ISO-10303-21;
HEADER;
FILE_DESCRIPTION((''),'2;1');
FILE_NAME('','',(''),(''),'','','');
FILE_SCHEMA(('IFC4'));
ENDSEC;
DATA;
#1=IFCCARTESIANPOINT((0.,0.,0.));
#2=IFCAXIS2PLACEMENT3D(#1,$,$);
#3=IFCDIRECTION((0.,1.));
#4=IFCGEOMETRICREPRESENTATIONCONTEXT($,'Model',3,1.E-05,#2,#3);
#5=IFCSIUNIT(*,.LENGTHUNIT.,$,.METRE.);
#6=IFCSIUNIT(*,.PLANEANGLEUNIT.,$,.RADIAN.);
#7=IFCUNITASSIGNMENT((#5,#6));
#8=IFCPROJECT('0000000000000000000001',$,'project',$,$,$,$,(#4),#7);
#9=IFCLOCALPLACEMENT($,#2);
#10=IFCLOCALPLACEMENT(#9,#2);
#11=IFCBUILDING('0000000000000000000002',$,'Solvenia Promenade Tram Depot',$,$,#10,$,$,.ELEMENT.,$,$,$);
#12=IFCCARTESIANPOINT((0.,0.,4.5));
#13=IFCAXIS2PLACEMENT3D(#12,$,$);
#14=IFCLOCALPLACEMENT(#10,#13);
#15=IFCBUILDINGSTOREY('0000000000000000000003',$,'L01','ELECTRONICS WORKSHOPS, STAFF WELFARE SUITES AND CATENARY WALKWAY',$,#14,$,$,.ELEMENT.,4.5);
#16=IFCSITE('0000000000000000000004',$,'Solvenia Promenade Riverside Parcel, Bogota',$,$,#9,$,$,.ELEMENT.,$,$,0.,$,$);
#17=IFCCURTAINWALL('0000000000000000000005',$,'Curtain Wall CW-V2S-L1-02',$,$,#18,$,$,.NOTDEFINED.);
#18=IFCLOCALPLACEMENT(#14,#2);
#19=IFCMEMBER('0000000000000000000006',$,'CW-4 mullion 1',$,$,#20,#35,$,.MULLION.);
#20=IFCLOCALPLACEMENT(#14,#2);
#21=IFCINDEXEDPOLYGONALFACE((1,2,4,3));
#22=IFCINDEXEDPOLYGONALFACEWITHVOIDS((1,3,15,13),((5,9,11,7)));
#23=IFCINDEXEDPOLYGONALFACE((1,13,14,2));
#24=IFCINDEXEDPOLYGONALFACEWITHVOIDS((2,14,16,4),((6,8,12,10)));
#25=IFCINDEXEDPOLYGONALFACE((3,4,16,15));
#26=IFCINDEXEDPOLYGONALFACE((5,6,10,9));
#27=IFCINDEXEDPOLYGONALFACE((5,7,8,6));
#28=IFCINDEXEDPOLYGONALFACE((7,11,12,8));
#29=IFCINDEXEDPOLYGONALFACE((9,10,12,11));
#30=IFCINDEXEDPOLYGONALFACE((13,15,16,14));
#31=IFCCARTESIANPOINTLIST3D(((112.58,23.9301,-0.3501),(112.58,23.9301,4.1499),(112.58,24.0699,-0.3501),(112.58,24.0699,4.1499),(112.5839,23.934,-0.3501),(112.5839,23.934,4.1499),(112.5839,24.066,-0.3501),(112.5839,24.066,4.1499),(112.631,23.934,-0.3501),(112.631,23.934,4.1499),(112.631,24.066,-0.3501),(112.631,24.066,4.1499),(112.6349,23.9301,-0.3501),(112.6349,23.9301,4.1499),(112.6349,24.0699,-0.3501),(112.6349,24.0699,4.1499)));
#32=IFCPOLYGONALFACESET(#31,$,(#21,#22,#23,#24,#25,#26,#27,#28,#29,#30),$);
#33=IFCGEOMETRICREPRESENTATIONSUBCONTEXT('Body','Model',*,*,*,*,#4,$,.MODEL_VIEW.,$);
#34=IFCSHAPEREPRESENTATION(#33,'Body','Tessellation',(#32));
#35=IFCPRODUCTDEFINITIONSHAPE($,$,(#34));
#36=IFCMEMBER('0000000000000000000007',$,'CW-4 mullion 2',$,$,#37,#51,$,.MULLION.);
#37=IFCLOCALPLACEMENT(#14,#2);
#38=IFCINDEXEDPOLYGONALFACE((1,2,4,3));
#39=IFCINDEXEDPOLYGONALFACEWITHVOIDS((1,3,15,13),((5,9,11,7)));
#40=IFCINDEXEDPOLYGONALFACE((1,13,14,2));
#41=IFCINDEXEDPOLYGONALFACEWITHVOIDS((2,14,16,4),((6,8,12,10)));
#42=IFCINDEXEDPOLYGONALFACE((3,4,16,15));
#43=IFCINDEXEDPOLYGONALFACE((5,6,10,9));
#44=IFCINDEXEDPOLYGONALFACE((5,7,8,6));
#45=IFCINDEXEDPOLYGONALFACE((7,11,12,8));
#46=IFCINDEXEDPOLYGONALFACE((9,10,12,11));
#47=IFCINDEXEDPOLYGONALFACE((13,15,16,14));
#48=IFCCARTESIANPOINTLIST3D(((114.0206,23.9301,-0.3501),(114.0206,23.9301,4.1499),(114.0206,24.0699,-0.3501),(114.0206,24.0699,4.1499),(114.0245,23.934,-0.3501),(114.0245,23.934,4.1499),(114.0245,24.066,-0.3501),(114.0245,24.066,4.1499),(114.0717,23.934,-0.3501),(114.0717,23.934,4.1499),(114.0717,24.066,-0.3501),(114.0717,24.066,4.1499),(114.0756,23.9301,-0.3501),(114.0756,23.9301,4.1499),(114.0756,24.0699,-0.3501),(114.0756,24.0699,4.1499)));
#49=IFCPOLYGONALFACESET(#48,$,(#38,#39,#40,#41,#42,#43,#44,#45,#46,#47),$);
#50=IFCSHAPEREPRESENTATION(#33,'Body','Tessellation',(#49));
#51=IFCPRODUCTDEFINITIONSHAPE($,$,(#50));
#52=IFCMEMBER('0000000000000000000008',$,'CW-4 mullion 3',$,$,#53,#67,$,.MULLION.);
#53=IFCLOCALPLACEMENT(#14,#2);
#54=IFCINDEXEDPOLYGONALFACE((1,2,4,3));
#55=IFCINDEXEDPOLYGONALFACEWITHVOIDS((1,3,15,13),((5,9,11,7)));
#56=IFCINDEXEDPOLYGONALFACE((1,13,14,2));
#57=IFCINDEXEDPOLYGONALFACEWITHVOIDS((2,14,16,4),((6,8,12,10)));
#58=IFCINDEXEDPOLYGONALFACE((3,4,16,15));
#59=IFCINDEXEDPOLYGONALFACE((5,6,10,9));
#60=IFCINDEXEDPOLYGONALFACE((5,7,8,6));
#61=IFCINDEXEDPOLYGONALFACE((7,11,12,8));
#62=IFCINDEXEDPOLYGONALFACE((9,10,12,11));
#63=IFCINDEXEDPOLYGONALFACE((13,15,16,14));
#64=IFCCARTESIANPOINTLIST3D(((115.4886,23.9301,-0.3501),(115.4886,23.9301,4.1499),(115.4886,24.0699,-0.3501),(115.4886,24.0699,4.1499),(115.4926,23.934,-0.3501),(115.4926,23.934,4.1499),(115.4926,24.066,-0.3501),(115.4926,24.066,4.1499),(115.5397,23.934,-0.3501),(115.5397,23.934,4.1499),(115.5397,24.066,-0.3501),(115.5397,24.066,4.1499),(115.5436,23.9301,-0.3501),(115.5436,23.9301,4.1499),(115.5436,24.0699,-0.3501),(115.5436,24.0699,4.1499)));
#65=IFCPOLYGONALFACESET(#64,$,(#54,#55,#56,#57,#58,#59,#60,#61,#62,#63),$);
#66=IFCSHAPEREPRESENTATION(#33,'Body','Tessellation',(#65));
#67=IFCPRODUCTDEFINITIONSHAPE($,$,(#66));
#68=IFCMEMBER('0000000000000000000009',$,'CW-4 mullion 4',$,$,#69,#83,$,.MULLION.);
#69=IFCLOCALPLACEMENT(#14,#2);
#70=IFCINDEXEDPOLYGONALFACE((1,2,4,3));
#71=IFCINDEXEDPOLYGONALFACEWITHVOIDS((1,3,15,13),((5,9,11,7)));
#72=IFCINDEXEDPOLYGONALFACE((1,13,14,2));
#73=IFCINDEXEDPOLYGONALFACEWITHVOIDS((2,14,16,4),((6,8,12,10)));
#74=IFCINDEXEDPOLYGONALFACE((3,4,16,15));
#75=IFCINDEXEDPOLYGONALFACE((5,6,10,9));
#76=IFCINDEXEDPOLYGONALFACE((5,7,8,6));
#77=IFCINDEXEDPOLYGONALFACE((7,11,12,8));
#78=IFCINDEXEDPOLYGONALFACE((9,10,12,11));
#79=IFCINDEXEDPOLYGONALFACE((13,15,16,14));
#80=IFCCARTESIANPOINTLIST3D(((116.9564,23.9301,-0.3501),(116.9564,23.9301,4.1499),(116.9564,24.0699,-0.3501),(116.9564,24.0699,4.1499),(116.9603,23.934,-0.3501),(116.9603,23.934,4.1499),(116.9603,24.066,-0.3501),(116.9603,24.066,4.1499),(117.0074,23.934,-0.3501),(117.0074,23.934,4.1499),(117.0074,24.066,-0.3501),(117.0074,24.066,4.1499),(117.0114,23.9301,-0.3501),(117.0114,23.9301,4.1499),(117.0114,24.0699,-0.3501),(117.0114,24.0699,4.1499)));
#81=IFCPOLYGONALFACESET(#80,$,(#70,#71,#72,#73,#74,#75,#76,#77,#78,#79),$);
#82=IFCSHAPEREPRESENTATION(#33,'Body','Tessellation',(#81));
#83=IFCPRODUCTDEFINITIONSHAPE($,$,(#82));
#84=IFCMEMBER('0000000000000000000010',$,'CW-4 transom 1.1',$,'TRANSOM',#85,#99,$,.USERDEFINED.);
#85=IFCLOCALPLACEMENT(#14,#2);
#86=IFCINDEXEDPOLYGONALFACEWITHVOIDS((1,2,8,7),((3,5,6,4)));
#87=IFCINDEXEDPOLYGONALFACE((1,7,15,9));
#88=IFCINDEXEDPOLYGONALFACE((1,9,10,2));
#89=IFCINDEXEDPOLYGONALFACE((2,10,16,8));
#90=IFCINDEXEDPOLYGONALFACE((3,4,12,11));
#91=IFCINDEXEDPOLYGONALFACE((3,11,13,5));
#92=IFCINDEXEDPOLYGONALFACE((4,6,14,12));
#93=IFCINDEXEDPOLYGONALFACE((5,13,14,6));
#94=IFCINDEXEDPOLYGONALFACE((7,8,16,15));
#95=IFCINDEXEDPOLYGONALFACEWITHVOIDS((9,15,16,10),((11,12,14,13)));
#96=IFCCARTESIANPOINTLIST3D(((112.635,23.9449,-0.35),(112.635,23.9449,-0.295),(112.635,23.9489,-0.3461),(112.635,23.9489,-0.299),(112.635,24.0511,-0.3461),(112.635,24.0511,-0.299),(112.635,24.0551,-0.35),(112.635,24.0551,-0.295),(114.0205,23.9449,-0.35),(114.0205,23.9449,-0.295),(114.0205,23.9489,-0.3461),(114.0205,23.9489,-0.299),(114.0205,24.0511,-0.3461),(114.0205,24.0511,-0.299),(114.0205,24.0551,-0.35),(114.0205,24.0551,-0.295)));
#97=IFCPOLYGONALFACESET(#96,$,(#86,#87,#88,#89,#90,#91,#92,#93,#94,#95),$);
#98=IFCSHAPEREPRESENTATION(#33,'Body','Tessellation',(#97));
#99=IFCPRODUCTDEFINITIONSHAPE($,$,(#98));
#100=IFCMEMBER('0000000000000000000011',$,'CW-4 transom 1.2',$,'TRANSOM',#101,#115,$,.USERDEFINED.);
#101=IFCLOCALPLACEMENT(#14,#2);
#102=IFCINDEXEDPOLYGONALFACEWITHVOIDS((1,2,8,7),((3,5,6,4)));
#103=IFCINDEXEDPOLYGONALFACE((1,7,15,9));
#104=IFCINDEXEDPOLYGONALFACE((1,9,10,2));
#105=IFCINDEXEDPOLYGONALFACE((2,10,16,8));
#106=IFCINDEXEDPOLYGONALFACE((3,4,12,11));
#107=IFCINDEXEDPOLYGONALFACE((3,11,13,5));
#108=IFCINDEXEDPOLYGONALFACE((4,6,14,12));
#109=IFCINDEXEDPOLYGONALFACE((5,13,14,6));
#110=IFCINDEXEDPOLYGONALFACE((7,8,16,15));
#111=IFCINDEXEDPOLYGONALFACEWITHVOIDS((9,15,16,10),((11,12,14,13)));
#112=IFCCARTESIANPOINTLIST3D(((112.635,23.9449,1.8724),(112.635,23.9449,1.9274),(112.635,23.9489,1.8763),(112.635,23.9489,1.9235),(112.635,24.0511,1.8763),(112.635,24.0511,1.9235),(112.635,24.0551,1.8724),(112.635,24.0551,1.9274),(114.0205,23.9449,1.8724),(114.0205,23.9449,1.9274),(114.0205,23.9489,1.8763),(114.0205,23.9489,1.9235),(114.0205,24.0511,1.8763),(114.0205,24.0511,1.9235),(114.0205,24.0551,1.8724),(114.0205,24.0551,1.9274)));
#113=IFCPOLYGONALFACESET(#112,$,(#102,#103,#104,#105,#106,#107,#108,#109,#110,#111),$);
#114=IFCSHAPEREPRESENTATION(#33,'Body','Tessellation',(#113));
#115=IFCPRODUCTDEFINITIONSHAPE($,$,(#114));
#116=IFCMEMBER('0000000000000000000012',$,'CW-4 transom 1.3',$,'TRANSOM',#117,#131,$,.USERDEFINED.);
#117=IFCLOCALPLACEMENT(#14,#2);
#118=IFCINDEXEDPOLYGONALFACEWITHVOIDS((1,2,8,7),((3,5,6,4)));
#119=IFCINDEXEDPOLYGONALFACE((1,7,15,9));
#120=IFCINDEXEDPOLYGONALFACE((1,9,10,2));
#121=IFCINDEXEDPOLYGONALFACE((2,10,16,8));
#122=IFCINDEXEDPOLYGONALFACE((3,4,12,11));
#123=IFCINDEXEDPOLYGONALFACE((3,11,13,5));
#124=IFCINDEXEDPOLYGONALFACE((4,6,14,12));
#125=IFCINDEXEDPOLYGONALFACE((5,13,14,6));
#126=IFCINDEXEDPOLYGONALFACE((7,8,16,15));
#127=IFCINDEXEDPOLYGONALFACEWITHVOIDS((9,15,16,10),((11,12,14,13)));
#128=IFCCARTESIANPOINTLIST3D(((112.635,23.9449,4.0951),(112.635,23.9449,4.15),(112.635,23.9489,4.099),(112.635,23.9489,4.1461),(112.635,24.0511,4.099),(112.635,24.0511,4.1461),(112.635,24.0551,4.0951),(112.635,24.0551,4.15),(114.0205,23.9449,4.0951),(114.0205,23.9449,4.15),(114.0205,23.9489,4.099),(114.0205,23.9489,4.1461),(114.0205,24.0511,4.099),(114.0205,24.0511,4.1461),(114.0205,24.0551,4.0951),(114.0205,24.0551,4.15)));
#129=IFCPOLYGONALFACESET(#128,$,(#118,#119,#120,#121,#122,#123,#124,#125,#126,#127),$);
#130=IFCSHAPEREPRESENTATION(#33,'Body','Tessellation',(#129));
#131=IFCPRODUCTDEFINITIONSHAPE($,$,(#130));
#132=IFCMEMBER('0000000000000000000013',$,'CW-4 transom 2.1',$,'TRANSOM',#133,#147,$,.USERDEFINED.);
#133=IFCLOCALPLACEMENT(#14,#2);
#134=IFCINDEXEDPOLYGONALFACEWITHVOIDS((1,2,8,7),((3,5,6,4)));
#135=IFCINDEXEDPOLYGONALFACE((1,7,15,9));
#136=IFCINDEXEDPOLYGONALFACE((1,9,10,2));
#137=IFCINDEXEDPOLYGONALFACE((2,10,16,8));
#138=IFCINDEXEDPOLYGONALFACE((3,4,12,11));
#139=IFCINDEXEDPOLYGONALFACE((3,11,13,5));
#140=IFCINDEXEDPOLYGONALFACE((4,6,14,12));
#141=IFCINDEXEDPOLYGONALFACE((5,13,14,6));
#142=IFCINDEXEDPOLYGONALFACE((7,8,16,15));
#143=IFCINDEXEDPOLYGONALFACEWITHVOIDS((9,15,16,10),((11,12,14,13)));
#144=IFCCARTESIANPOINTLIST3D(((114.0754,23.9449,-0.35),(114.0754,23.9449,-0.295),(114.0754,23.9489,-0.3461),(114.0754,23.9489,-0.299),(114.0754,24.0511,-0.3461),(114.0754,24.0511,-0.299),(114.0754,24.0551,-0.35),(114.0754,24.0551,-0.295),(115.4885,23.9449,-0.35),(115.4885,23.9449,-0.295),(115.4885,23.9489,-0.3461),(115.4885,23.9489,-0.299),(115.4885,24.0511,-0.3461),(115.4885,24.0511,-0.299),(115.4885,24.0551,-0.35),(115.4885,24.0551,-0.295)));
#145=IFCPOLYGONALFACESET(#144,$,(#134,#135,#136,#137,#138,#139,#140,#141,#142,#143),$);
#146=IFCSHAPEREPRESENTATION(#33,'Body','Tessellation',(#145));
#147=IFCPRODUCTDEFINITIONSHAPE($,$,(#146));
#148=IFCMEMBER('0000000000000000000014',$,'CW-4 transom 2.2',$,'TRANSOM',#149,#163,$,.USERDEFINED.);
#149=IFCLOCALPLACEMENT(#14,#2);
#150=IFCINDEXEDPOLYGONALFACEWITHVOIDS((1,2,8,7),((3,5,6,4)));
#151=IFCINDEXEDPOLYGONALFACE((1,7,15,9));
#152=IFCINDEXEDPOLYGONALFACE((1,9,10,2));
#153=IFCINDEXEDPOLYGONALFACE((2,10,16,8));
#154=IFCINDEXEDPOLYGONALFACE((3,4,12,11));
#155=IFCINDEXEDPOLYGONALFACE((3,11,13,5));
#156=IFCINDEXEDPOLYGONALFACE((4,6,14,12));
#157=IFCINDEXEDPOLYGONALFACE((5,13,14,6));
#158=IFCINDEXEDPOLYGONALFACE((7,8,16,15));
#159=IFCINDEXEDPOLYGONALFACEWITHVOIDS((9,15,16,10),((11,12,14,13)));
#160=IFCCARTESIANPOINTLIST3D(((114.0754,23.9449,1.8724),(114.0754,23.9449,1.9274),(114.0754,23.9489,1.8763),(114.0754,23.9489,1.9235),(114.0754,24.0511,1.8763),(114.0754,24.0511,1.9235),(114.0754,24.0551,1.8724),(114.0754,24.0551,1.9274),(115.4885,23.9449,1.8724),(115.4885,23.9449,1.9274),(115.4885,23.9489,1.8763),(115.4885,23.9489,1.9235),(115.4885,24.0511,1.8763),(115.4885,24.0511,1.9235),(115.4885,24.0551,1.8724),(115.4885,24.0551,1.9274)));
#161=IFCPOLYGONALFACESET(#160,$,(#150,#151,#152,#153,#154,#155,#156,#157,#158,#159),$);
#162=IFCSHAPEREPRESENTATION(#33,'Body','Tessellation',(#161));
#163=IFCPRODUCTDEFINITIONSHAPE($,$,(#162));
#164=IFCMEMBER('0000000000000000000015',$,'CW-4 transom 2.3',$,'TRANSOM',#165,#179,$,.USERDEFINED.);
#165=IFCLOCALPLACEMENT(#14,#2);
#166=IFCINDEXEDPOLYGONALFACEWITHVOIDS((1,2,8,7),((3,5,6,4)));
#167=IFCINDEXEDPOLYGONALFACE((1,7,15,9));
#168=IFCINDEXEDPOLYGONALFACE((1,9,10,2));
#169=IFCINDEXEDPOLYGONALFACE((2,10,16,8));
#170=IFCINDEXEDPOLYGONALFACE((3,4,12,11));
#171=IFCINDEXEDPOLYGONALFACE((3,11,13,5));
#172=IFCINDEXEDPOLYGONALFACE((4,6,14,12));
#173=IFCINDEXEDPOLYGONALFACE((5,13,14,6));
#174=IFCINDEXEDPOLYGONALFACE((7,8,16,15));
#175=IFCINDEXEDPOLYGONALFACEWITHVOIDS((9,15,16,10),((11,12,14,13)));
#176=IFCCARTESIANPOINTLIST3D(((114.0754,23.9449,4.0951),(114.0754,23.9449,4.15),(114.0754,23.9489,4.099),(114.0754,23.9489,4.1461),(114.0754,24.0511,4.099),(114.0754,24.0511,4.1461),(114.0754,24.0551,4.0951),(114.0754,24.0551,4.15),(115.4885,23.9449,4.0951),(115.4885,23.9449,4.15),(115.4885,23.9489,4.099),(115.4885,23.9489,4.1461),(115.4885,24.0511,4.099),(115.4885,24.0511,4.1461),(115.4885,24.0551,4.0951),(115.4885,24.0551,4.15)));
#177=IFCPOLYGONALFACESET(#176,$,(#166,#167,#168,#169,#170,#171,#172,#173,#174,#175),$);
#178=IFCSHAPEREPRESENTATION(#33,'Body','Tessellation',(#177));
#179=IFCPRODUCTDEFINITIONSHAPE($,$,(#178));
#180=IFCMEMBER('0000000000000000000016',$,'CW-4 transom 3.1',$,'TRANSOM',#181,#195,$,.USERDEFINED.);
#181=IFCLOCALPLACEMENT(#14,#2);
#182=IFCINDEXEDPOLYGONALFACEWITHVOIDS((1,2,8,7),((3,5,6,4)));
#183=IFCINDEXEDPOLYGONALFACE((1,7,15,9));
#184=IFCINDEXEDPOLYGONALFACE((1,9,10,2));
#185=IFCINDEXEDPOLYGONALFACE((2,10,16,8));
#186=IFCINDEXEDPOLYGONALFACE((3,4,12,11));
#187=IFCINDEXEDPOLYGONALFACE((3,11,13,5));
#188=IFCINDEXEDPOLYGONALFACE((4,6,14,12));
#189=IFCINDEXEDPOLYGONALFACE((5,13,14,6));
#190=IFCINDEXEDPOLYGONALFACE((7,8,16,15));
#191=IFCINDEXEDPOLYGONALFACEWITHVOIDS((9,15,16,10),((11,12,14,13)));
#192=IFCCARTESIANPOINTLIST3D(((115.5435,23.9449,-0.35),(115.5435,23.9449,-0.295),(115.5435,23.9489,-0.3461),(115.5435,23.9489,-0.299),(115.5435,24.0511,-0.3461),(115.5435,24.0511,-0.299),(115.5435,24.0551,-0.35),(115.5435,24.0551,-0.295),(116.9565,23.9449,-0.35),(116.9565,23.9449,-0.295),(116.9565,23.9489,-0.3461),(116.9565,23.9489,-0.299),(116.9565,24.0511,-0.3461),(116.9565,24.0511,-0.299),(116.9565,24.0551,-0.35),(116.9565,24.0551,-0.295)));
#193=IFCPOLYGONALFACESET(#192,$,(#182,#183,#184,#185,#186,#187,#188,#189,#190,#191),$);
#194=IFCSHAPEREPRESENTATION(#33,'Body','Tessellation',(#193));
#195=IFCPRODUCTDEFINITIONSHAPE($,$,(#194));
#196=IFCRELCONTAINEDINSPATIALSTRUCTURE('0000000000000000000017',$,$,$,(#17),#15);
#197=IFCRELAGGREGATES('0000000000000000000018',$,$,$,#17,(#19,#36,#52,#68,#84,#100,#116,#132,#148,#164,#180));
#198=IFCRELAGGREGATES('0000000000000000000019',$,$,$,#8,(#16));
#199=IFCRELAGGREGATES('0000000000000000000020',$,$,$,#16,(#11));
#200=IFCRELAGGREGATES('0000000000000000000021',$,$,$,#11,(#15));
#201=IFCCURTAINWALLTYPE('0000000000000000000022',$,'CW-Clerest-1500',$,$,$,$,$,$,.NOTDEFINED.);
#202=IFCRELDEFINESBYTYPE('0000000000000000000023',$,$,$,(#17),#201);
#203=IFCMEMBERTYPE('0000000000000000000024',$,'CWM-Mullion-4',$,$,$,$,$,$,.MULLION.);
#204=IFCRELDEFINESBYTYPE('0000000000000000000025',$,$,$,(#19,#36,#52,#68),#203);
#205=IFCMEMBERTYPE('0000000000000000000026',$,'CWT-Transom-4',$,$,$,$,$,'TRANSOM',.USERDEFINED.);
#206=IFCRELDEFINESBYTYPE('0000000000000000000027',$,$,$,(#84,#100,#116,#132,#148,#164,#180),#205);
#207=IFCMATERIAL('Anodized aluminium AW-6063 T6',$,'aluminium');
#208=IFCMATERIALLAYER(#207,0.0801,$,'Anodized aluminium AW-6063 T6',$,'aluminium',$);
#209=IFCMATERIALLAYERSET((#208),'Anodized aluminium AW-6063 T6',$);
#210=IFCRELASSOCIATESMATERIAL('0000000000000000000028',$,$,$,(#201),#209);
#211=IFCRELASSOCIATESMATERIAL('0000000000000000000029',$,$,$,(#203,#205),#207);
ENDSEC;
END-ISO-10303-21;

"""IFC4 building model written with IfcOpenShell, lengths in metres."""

from ifc_helpers import new_model, si_unit, direction, frame, origin, origin_2d, place, context, subcontext, project, spatial, hollow_rectangle, extrude, material, layer, layer_set, material_profile, profile_set, type_object, element, aggregate, save


model = new_model("IFC4")

# Units and contexts
model_context = context("Model", 3, precision=1e-05, world=origin(), true_north=direction((0.0, 1.0)))
body_context = subcontext(model_context, "Body", "Model", "MODEL_VIEW")
ifc_project = project(units=[si_unit("LENGTHUNIT", "METRE"), si_unit("PLANEANGLEUNIT", "RADIAN")], contexts=[model_context])

# Site, building, storey
site_placement = place(None, origin())
site = spatial("IfcSite", under=ifc_project, at=site_placement, Name="Solvenia Promenade Riverside Parcel, Bogota", CompositionType="ELEMENT", RefElevation=0.0)
building_placement = place(site_placement, origin())
building = spatial("IfcBuilding", under=site, at=building_placement, Name="Solvenia Promenade Tram Depot", CompositionType="ELEMENT")
storey_placement = place(building_placement, frame((0.0, 0.0, 4.5)))
storey = spatial("IfcBuildingStorey", under=building, at=storey_placement, Name="L01", Description="ELECTRONICS WORKSHOPS, STAFF WELFARE SUITES AND CATENARY WALKWAY", CompositionType="ELEMENT", Elevation=4.5)

# Curtain wall, members
ifc_material_1 = material(Name="Anodized aluminium AW-6063 T6", Category="aluminium")
ifc_layer_1 = layer(ifc_material_1, 0.0801, Name="Anodized aluminium AW-6063 T6", Category="aluminium")
ifc_layer_set_1 = layer_set([ifc_layer_1], Name="Anodized aluminium AW-6063 T6")
curtain_wall_type = type_object("IfcCurtainWallType", Name="CW-Clerest-1500", PredefinedType="NOTDEFINED", material=ifc_layer_set_1)
curtain_wall_placement = place(storey_placement, origin())
curtain_wall = element("IfcCurtainWall", 1, at=curtain_wall_placement, inside=storey, type_object=curtain_wall_type, Name="Curtain Wall CW-V2S-L1-02", PredefinedType="NOTDEFINED")
ifc_material_profile_1 = material_profile(ifc_material_1, hollow_rectangle(XDim=0.1399, YDim=0.0549, WallThickness=0.0039, at=origin_2d()), Name="ALU-M4", Category="aluminium")
ifc_profile_set_1 = profile_set([ifc_material_profile_1], Name="Anodized aluminium AW-6063 T6")
member_type_1 = type_object("IfcMemberType", Name="CWM-Mullion-4", PredefinedType="MULLION", material=ifc_profile_set_1)
member_1_placement = place(storey_placement, frame((112.6074, 24.0, -0.3501), z_axis=(0.0, 0.0, 1.0), x_axis=(0.0, 1.0, 0.0)))
member_1 = element("IfcMember", 2, at=member_1_placement, type_object=member_type_1, Name="CW-4 mullion 1", PredefinedType="MULLION", context=body_context, shape_type="SweptSolid", body=[
    extrude(hollow_rectangle(XDim=0.1399, YDim=0.0549, WallThickness=0.0039, at=origin_2d()), origin(), (0.0, 0.0, 1.0), 4.5),
])
member_2_placement = place(storey_placement, frame((114.0481, 24.0, -0.3501), z_axis=(0.0, 0.0, 1.0), x_axis=(0.0, 1.0, 0.0)))
member_2 = element("IfcMember", 3, at=member_2_placement, type_object=member_type_1, Name="CW-4 mullion 2", PredefinedType="MULLION", context=body_context, shape_type="SweptSolid", body=[
    extrude(hollow_rectangle(XDim=0.1399, YDim=0.0549, WallThickness=0.0039, at=origin_2d()), origin(), (0.0, 0.0, 1.0), 4.5),
])
member_3_placement = place(storey_placement, frame((115.5161, 24.0, -0.3501), z_axis=(0.0, 0.0, 1.0), x_axis=(0.0, 1.0, 0.0)))
member_3 = element("IfcMember", 4, at=member_3_placement, type_object=member_type_1, Name="CW-4 mullion 3", PredefinedType="MULLION", context=body_context, shape_type="SweptSolid", body=[
    extrude(hollow_rectangle(XDim=0.1399, YDim=0.0549, WallThickness=0.0039, at=origin_2d()), origin(), (0.0, 0.0, 1.0), 4.5),
])
member_4_placement = place(storey_placement, frame((116.9839, 24.0, -0.3501), z_axis=(0.0, 0.0, 1.0), x_axis=(0.0, 1.0, 0.0)))
member_4 = element("IfcMember", 5, at=member_4_placement, type_object=member_type_1, Name="CW-4 mullion 4", PredefinedType="MULLION", context=body_context, shape_type="SweptSolid", body=[
    extrude(hollow_rectangle(XDim=0.1399, YDim=0.0549, WallThickness=0.0039, at=origin_2d()), origin(), (0.0, 0.0, 1.0), 4.5),
])
ifc_material_profile_2 = material_profile(ifc_material_1, hollow_rectangle(XDim=0.1101, YDim=0.0549, WallThickness=0.0039, at=origin_2d()), Name="ALU-T4", Category="aluminium")
ifc_profile_set_2 = profile_set([ifc_material_profile_2], Name="Anodized aluminium AW-6063 T6")
member_type_2 = type_object("IfcMemberType", Name="CWT-Transom-4", ElementType="TRANSOM", PredefinedType="USERDEFINED", material=ifc_profile_set_2)
member_5_placement = place(storey_placement, frame((112.635, 24.0, -0.3225), z_axis=(1.0, 0.0, 0.0), x_axis=(0.0, 1.0, 0.0)))
member_5 = element("IfcMember", 6, at=member_5_placement, type_object=member_type_2, Name="CW-4 transom 1.1", ObjectType="TRANSOM", PredefinedType="USERDEFINED", context=body_context, shape_type="SweptSolid", body=[
    extrude(hollow_rectangle(XDim=0.1101, YDim=0.0549, WallThickness=0.0039, at=origin_2d()), origin(), (0.0, 0.0, 1.0), 1.3855),
])
member_6_placement = place(storey_placement, frame((112.635, 24.0, 1.8999), z_axis=(1.0, 0.0, 0.0), x_axis=(0.0, 1.0, 0.0)))
member_6 = element("IfcMember", 7, at=member_6_placement, type_object=member_type_2, Name="CW-4 transom 1.2", ObjectType="TRANSOM", PredefinedType="USERDEFINED", context=body_context, shape_type="SweptSolid", body=[
    extrude(hollow_rectangle(XDim=0.1101, YDim=0.0549, WallThickness=0.0039, at=origin_2d()), origin(), (0.0, 0.0, 1.0), 1.3855),
])
member_7_placement = place(storey_placement, frame((112.635, 24.0, 4.1226), z_axis=(1.0, 0.0, 0.0), x_axis=(0.0, 1.0, 0.0)))
member_7 = element("IfcMember", 8, at=member_7_placement, type_object=member_type_2, Name="CW-4 transom 1.3", ObjectType="TRANSOM", PredefinedType="USERDEFINED", context=body_context, shape_type="SweptSolid", body=[
    extrude(hollow_rectangle(XDim=0.1101, YDim=0.0549, WallThickness=0.0039, at=origin_2d()), origin(), (0.0, 0.0, 1.0), 1.3855),
])
member_8_placement = place(storey_placement, frame((114.0754, 24.0, -0.3225), z_axis=(1.0, 0.0, 0.0), x_axis=(0.0, 1.0, 0.0)))
member_8 = element("IfcMember", 9, at=member_8_placement, type_object=member_type_2, Name="CW-4 transom 2.1", ObjectType="TRANSOM", PredefinedType="USERDEFINED", context=body_context, shape_type="SweptSolid", body=[
    extrude(hollow_rectangle(XDim=0.1101, YDim=0.0549, WallThickness=0.0039, at=origin_2d()), origin(), (0.0, 0.0, 1.0), 1.4131),
])
member_9_placement = place(storey_placement, frame((114.0754, 24.0, 1.8999), z_axis=(1.0, 0.0, 0.0), x_axis=(0.0, 1.0, 0.0)))
member_9 = element("IfcMember", 10, at=member_9_placement, type_object=member_type_2, Name="CW-4 transom 2.2", ObjectType="TRANSOM", PredefinedType="USERDEFINED", context=body_context, shape_type="SweptSolid", body=[
    extrude(hollow_rectangle(XDim=0.1101, YDim=0.0549, WallThickness=0.0039, at=origin_2d()), origin(), (0.0, 0.0, 1.0), 1.4131),
])
member_10_placement = place(storey_placement, frame((114.0754, 24.0, 4.1226), z_axis=(1.0, 0.0, 0.0), x_axis=(0.0, 1.0, 0.0)))
member_10 = element("IfcMember", 11, at=member_10_placement, type_object=member_type_2, Name="CW-4 transom 2.3", ObjectType="TRANSOM", PredefinedType="USERDEFINED", context=body_context, shape_type="SweptSolid", body=[
    extrude(hollow_rectangle(XDim=0.1101, YDim=0.0549, WallThickness=0.0039, at=origin_2d()), origin(), (0.0, 0.0, 1.0), 1.4131),
])
member_11_placement = place(storey_placement, frame((115.5435, 24.0, -0.3225), z_axis=(1.0, 0.0, 0.0), x_axis=(0.0, 1.0, 0.0)))
member_11 = element("IfcMember", 12, at=member_11_placement, type_object=member_type_2, Name="CW-4 transom 3.1", ObjectType="TRANSOM", PredefinedType="USERDEFINED", context=body_context, shape_type="SweptSolid", body=[
    extrude(hollow_rectangle(XDim=0.1101, YDim=0.0549, WallThickness=0.0039, at=origin_2d()), origin(), (0.0, 0.0, 1.0), 1.4131),
])
aggregate(curtain_wall, [member_1, member_2, member_3, member_4, member_5, member_6, member_7, member_8, member_9, member_10, member_11])

save(model, "model.ifc")
